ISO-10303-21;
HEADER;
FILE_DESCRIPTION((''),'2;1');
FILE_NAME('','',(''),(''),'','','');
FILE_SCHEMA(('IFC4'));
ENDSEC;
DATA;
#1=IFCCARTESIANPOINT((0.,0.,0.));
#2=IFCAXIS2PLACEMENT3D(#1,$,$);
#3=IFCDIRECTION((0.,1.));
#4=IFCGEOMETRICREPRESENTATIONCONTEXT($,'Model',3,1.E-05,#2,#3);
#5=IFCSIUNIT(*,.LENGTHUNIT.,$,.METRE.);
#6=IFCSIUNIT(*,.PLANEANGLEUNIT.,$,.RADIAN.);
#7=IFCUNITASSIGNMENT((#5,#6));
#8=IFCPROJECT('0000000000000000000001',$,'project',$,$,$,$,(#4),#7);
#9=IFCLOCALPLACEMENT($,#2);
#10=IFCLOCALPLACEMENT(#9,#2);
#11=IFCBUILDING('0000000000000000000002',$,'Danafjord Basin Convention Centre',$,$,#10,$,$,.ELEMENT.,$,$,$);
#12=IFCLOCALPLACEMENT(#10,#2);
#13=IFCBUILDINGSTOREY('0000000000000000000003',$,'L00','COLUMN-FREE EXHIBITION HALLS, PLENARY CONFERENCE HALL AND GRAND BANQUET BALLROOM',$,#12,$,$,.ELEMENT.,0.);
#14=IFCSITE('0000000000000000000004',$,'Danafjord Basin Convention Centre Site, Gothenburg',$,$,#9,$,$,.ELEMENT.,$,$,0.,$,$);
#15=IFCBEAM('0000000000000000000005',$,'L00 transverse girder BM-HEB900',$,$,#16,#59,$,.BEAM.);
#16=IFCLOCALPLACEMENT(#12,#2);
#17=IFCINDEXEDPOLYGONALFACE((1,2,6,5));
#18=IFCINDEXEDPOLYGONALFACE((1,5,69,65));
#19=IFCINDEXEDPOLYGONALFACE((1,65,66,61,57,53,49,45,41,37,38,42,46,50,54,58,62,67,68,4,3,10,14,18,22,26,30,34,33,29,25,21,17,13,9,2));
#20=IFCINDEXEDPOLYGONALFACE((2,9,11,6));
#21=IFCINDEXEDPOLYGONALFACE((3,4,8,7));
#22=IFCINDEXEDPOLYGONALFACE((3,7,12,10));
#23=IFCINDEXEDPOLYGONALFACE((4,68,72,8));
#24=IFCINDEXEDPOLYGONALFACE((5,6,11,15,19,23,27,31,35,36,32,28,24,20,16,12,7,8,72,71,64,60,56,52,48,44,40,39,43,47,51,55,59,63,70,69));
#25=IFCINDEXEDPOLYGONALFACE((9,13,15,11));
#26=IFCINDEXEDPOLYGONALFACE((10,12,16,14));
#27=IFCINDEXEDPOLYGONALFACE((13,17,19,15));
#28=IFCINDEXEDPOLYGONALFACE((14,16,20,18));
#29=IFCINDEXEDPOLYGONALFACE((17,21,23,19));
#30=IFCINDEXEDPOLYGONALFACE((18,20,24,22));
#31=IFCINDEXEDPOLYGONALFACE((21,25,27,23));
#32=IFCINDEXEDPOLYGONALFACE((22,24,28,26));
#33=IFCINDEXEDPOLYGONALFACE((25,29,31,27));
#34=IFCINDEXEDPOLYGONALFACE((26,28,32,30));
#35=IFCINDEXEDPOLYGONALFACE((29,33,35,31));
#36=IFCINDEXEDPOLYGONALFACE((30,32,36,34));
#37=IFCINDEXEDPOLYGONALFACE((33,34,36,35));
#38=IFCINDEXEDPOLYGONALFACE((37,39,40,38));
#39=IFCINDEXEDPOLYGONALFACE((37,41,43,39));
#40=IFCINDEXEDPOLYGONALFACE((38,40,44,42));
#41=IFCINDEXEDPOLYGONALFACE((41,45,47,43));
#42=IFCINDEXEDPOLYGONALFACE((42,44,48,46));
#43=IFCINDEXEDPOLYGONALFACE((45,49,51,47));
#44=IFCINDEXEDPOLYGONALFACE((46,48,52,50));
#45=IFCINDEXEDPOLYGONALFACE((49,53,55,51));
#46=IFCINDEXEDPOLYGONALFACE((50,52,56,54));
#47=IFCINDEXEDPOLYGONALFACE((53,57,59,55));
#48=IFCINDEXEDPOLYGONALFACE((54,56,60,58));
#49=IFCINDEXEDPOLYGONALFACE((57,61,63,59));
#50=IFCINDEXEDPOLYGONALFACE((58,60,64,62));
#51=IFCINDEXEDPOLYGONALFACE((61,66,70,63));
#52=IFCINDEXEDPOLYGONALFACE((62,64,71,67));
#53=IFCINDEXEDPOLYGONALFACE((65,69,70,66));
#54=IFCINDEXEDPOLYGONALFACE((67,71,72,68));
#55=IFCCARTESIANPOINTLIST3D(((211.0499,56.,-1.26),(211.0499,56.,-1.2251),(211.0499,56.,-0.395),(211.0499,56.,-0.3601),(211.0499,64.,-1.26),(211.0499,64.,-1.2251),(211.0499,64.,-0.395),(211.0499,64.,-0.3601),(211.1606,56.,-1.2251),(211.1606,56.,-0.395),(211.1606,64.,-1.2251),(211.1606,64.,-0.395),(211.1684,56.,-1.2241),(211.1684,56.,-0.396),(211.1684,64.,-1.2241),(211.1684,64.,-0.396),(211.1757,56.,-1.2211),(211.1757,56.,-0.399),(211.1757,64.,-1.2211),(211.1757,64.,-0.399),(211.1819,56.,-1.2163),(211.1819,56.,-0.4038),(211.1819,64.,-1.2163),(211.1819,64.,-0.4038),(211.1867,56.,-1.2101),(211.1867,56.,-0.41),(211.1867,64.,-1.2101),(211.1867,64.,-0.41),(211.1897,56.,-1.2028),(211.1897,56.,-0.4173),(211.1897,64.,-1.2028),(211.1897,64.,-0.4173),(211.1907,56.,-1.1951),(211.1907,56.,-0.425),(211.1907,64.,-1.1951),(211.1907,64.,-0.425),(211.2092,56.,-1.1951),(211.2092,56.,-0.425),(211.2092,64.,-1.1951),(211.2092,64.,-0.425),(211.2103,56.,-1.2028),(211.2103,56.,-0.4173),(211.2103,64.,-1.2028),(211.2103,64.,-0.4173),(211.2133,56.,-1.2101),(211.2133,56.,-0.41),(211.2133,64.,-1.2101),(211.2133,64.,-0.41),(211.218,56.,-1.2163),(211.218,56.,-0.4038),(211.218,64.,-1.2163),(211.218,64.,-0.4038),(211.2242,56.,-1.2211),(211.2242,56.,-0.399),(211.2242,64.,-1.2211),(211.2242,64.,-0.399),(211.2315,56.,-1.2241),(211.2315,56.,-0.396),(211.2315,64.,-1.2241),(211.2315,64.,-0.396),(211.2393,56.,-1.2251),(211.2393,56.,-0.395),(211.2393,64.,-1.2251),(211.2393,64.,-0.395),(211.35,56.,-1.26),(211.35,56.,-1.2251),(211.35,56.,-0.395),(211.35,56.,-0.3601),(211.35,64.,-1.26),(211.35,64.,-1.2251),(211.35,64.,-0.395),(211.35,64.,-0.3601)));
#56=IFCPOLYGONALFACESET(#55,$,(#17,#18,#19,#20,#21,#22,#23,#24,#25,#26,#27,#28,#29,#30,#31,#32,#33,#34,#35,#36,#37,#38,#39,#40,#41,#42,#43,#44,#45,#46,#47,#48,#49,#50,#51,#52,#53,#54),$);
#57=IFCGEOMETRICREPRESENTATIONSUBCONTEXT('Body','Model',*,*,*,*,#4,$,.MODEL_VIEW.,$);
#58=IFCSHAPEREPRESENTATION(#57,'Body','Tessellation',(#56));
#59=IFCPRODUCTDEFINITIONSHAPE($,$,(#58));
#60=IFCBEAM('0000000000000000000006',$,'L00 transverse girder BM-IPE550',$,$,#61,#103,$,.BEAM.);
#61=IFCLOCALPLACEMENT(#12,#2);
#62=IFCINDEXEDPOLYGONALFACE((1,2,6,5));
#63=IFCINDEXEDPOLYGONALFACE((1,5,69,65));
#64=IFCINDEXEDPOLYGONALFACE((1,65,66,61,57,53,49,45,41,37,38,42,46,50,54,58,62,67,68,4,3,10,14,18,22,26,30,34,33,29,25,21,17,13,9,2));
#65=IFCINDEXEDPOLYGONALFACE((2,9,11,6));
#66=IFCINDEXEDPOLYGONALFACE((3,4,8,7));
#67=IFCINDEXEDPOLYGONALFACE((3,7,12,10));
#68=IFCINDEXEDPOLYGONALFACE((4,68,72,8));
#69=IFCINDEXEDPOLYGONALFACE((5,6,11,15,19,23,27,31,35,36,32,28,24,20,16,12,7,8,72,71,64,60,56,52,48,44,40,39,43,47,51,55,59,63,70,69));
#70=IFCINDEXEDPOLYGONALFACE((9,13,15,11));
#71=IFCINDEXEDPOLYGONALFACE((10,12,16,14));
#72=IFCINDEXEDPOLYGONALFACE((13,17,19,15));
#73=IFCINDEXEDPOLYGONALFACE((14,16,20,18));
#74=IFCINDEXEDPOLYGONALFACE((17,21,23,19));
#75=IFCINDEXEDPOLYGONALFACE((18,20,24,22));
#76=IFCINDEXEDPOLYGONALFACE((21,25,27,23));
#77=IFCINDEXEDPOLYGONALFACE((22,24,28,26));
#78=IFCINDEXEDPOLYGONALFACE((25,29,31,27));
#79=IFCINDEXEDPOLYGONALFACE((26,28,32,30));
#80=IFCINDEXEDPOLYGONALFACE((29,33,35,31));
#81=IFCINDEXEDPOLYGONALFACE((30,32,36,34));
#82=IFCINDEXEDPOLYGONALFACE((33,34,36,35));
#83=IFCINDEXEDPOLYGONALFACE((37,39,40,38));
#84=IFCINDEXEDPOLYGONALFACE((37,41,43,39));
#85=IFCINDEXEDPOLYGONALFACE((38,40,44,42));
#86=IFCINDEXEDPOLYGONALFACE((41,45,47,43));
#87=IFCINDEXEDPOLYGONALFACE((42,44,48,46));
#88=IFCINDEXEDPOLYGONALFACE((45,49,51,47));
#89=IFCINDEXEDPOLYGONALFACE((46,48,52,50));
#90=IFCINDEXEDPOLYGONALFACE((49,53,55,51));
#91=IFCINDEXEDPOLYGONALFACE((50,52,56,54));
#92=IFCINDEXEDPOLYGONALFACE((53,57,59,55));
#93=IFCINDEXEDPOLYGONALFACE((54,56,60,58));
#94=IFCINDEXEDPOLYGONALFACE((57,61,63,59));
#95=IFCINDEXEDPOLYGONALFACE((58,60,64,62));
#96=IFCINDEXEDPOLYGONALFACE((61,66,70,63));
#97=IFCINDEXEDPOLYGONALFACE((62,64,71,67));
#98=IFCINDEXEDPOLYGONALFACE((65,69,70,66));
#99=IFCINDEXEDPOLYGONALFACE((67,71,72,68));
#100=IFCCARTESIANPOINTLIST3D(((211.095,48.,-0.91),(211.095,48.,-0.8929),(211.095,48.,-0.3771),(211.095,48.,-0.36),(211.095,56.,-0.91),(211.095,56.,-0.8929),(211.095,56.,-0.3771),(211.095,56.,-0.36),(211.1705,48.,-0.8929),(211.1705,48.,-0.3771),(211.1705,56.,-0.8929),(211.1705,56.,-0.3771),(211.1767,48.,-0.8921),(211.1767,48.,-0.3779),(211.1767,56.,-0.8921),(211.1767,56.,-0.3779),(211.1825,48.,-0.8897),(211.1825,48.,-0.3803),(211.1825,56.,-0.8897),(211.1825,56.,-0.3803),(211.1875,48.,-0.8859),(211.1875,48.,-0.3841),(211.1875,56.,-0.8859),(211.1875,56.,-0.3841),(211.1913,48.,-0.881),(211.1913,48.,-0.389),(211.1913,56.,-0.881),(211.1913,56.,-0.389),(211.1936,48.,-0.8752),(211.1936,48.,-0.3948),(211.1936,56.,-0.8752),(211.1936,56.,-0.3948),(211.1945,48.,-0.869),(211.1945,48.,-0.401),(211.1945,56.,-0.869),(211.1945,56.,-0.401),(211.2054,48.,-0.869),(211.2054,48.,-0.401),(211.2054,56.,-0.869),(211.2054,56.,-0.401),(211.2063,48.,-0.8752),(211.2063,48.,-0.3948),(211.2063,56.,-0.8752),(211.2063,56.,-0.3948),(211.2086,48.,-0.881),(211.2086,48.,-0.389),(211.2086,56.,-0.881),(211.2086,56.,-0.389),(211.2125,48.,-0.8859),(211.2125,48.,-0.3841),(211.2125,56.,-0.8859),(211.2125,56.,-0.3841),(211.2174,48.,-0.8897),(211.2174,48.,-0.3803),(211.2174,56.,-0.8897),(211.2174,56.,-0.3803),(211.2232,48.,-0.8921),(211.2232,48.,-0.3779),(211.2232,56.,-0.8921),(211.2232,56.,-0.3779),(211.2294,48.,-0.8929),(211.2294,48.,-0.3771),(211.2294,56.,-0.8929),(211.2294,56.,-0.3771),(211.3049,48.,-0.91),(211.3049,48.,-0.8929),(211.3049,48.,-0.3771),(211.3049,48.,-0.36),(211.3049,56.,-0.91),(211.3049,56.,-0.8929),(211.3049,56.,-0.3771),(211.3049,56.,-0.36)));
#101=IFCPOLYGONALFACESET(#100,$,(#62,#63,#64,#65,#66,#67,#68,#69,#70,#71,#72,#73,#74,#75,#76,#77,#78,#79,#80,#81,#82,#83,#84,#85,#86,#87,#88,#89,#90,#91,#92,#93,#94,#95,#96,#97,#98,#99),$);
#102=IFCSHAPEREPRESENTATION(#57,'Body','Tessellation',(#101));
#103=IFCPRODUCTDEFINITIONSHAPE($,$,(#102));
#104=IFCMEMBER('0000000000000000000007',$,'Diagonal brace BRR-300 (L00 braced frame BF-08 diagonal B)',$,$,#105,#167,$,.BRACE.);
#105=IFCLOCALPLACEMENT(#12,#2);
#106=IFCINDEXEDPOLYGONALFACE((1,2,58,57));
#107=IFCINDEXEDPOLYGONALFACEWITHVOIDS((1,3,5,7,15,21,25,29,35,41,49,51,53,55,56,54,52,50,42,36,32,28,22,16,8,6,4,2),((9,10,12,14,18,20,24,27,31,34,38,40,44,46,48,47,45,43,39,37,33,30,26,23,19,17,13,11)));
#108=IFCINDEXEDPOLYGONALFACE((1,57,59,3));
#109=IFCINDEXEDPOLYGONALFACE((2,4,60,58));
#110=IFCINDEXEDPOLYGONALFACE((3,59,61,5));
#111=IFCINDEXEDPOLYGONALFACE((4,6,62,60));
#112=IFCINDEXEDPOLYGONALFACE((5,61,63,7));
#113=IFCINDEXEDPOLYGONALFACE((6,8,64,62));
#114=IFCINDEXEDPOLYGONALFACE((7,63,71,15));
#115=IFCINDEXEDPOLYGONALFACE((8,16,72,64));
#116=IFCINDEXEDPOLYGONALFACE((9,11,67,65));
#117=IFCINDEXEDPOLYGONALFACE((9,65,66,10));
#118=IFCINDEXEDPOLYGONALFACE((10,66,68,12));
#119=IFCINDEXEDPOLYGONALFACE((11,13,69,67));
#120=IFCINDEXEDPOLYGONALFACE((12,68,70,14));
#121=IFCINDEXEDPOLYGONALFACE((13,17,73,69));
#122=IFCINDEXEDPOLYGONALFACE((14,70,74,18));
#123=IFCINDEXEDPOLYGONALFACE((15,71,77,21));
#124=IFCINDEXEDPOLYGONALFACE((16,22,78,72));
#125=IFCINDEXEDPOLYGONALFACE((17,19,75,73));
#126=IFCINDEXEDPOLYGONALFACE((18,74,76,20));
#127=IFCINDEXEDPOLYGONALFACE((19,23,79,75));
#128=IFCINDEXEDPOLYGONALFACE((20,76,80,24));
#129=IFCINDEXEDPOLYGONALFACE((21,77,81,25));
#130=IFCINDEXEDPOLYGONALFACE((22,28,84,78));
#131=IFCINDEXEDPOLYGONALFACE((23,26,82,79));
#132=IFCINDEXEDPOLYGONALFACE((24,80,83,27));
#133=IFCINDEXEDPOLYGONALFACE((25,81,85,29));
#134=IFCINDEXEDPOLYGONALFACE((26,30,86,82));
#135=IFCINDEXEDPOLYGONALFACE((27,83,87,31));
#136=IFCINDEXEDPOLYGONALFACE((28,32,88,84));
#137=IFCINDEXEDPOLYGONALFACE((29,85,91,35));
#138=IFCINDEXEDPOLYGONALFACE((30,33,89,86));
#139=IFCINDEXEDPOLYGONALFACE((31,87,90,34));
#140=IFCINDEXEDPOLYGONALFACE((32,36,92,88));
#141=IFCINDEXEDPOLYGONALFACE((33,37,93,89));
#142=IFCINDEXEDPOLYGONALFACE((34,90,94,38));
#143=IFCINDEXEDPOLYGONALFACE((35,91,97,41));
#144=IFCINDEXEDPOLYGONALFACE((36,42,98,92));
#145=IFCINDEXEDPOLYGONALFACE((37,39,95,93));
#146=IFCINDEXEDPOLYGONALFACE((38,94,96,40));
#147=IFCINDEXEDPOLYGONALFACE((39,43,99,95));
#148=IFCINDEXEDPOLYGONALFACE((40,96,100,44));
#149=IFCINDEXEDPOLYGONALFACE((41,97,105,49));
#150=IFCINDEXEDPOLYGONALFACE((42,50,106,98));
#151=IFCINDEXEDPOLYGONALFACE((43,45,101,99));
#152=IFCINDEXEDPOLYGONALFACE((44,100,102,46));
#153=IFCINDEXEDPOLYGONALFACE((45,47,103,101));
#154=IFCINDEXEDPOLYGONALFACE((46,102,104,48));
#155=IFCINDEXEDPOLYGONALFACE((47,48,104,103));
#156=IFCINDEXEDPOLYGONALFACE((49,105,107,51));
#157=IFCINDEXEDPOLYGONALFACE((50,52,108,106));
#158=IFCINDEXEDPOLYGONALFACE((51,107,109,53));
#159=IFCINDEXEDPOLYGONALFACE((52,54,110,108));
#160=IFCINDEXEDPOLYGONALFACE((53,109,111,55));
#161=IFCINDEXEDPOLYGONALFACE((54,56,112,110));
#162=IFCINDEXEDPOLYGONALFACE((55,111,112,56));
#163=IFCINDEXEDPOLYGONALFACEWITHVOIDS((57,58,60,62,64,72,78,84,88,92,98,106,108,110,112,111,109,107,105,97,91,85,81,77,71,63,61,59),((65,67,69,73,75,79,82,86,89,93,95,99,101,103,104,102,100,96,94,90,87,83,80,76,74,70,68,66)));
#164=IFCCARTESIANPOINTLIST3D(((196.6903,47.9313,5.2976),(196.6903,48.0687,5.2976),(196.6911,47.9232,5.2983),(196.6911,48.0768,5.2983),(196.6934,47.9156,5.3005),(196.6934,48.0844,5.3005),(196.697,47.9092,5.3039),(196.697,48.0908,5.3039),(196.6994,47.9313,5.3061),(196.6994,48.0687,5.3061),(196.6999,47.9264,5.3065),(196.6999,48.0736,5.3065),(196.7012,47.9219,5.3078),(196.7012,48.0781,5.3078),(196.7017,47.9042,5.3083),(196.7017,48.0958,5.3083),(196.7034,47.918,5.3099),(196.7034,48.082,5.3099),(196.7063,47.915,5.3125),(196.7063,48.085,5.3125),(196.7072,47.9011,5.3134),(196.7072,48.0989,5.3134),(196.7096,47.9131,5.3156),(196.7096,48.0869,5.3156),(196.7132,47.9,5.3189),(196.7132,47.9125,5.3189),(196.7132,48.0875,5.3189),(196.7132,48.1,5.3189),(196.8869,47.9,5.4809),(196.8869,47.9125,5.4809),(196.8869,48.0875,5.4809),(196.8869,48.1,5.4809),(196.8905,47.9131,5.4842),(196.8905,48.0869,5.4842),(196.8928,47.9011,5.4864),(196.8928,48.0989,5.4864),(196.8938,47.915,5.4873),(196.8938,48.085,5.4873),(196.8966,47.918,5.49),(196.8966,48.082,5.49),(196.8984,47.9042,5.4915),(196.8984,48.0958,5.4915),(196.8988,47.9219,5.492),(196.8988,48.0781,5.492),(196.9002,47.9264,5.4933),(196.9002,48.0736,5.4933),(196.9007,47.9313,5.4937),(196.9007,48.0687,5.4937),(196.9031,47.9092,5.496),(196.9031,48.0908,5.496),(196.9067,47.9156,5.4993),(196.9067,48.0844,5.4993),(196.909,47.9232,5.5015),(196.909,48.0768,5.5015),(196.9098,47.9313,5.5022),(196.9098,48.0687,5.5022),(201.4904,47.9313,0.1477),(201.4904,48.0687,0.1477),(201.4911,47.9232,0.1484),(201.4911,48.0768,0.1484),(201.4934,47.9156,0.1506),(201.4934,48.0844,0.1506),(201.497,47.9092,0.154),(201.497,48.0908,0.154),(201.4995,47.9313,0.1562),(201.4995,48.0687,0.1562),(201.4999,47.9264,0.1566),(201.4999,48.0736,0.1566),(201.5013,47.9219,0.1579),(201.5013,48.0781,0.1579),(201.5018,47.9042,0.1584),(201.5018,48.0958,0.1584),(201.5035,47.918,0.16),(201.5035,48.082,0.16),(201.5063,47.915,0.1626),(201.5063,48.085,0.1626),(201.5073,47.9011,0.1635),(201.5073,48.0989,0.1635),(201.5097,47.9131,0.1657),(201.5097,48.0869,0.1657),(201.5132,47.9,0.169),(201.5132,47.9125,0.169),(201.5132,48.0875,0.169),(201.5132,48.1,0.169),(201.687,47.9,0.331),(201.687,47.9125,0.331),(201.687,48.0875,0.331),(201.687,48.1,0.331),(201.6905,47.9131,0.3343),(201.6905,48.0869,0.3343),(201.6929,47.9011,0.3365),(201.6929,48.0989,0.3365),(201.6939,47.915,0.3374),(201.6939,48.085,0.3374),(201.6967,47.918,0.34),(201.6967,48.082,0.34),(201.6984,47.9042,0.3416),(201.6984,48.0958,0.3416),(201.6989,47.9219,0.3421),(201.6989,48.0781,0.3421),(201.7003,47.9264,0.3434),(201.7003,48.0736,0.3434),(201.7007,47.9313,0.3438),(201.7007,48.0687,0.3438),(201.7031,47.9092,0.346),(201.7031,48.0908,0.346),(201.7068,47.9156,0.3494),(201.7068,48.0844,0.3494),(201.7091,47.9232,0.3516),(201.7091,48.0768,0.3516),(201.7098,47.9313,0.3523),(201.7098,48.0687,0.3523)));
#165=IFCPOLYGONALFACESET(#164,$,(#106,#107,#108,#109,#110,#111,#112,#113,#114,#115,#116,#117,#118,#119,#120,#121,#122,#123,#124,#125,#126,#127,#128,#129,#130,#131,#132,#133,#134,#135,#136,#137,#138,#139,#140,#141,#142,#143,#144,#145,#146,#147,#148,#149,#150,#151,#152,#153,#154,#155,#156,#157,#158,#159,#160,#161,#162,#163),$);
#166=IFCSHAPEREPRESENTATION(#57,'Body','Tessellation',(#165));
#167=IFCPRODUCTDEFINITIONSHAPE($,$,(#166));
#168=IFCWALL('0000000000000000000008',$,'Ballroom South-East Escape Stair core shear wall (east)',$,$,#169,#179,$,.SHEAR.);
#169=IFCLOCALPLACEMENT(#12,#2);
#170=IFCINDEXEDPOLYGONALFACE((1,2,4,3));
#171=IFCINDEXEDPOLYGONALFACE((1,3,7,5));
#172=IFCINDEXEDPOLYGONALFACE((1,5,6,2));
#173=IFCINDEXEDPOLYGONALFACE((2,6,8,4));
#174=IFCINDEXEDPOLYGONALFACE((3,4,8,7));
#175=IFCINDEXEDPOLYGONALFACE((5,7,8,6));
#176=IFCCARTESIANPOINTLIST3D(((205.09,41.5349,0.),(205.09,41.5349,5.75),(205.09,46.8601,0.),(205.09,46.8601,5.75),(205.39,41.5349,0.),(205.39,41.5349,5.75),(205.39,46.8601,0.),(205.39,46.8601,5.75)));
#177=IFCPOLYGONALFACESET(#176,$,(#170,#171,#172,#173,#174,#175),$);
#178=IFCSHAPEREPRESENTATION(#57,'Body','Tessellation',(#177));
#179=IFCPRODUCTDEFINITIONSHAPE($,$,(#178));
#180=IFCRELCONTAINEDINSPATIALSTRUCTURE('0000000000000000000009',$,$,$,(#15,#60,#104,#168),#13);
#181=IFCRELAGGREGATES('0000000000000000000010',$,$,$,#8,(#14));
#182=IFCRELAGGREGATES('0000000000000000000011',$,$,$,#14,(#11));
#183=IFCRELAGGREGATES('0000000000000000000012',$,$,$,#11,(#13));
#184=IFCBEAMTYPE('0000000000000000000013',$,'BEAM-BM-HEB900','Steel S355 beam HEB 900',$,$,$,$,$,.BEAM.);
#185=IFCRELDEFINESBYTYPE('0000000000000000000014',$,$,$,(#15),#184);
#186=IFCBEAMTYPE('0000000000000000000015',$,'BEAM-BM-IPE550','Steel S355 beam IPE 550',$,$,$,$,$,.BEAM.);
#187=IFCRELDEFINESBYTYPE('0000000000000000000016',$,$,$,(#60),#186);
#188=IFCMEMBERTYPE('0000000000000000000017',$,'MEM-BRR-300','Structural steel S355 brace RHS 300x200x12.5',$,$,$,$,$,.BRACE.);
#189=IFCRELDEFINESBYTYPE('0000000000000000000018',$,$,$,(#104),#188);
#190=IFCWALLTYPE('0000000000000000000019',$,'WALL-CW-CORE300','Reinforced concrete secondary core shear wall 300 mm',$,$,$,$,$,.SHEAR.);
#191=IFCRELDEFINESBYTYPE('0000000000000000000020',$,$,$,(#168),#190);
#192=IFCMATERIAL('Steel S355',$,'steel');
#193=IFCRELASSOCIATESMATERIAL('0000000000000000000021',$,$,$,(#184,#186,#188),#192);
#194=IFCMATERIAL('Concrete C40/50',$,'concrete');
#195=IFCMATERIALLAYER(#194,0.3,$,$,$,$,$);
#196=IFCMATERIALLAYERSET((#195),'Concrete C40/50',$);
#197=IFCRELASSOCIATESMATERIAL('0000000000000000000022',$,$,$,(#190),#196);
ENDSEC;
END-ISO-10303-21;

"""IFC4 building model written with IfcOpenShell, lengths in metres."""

from ifc_helpers import new_model, si_unit, direction, frame, frame_2d, origin, origin_2d, place, context, subcontext, project, spatial, rectangle, hollow_rectangle, i_section, extrude, material, layer, layer_set, material_profile, profile_set, type_object, element, save


model = new_model("IFC4")

# Units and contexts
model_context = context("Model", 3, precision=1e-05, world=origin(), true_north=direction((0.0, 1.0)))
body_context = subcontext(model_context, "Body", "Model", "MODEL_VIEW")
ifc_project = project(units=[si_unit("LENGTHUNIT", "METRE"), si_unit("PLANEANGLEUNIT", "RADIAN")], contexts=[model_context])

# Site, building, storey
site_placement = place(None, origin())
site = spatial("IfcSite", under=ifc_project, at=site_placement, Name="Danafjord Basin Convention Centre Site, Gothenburg", CompositionType="ELEMENT", RefElevation=0.0)
building_placement = place(site_placement, origin())
building = spatial("IfcBuilding", under=site, at=building_placement, Name="Danafjord Basin Convention Centre", CompositionType="ELEMENT")
storey_placement = place(building_placement, origin())
storey = spatial("IfcBuildingStorey", under=building, at=storey_placement, Name="L00", Description="COLUMN-FREE EXHIBITION HALLS, PLENARY CONFERENCE HALL AND GRAND BANQUET BALLROOM", CompositionType="ELEMENT", Elevation=0.0)

# Shared definitions
ifc_material_1 = material(Name="Steel S355", Category="steel")

# Beams
ifc_material_profile_1 = material_profile(ifc_material_1, i_section(OverallWidth=0.3, OverallDepth=0.8999, WebThickness=0.0186, FlangeThickness=0.0349, FilletRadius=0.03, at=origin_2d()), Name="HEB 900")
ifc_profile_set_1 = profile_set([ifc_material_profile_1], Name="Steel S355")
beam_type_1 = type_object("IfcBeamType", Name="BEAM-BM-HEB900", Description="Steel S355 beam HEB 900", PredefinedType="BEAM", material=ifc_profile_set_1)
beam_1_placement = place(storey_placement, frame((211.2, 56.0, -0.8101), z_axis=(0.0, 1.0, 0.0), x_axis=(-1.0, 0.0, 0.0)))
element("IfcBeam", 1, at=beam_1_placement, inside=storey, type_object=beam_type_1, Name="L00 transverse girder BM-HEB900", PredefinedType="BEAM", context=body_context, shape_type="SweptSolid", body=[
    extrude(i_section(OverallWidth=0.3, OverallDepth=0.8999, WebThickness=0.0186, FlangeThickness=0.0349, FilletRadius=0.03, at=origin_2d()), origin(), (0.0, 0.0, 1.0), 8.0),
])
ifc_material_profile_2 = material_profile(ifc_material_1, i_section(OverallWidth=0.21, OverallDepth=0.55, WebThickness=0.011, FlangeThickness=0.0171, FilletRadius=0.0239, at=origin_2d()), Name="IPE 550")
ifc_profile_set_2 = profile_set([ifc_material_profile_2], Name="Steel S355")
beam_type_2 = type_object("IfcBeamType", Name="BEAM-BM-IPE550", Description="Steel S355 beam IPE 550", PredefinedType="BEAM", material=ifc_profile_set_2)
beam_2_placement = place(storey_placement, frame((211.2, 48.0, -0.635), z_axis=(0.0, 1.0, 0.0), x_axis=(-1.0, 0.0, 0.0)))
element("IfcBeam", 2, at=beam_2_placement, inside=storey, type_object=beam_type_2, Name="L00 transverse girder BM-IPE550", PredefinedType="BEAM", context=body_context, shape_type="SweptSolid", body=[
    extrude(i_section(OverallWidth=0.21, OverallDepth=0.55, WebThickness=0.011, FlangeThickness=0.0171, FilletRadius=0.0239, at=origin_2d()), origin(), (0.0, 0.0, 1.0), 8.0),
])

# Member
ifc_material_profile_3 = material_profile(ifc_material_1, hollow_rectangle(XDim=0.2, YDim=0.3, WallThickness=0.0125, InnerFilletRadius=0.0188, OuterFilletRadius=0.0312, at=origin_2d()), Name="RHS 300x200x12.5")
ifc_profile_set_3 = profile_set([ifc_material_profile_3], Name="Steel S355")
member_type = type_object("IfcMemberType", Name="MEM-BRR-300", Description="Structural steel S355 brace RHS 300x200x12.5", PredefinedType="BRACE", material=ifc_profile_set_3)
member_placement = place(storey_placement, frame((201.6001, 48.0, 0.25), z_axis=(-0.681823, 0.0, 0.731518), x_axis=(0.0, -1.0, 0.0)))
element("IfcMember", 3, at=member_placement, inside=storey, type_object=member_type, Name="Diagonal brace BRR-300 (L00 braced frame BF-08 diagonal B)", PredefinedType="BRACE", context=body_context, shape_type="SweptSolid", body=[
    extrude(hollow_rectangle(XDim=0.2, YDim=0.3, WallThickness=0.0125, InnerFilletRadius=0.0188, OuterFilletRadius=0.0312, at=origin_2d()), origin(), (0.0, 0.0, 1.0), 7.04),
])

# Wall
ifc_material_2 = material(Name="Concrete C40/50", Category="concrete")
ifc_layer_1 = layer(ifc_material_2, 0.3)
ifc_layer_set_1 = layer_set([ifc_layer_1], Name="Concrete C40/50")
wall_type_1 = type_object("IfcWallType", Name="WALL-CW-CORE300", Description="Reinforced concrete secondary core shear wall 300 mm", PredefinedType="SHEAR", material=ifc_layer_set_1)
wall_1_placement = place(storey_placement, frame((205.24, 46.8601, 0.0), z_axis=(0.0, 0.0, 1.0), x_axis=(0.0, -1.0, 0.0)))
element("IfcWall", 4, at=wall_1_placement, inside=storey, type_object=wall_type_1, Name="Ballroom South-East Escape Stair core shear wall (east)", PredefinedType="SHEAR", context=body_context, shape_type="SweptSolid", body=[
    extrude(rectangle(XDim=5.3252, YDim=0.3, at=frame_2d((2.6626, 0.0))), origin(), (0.0, 0.0, 1.0), 5.75),
])

save(model, "model.ifc")
